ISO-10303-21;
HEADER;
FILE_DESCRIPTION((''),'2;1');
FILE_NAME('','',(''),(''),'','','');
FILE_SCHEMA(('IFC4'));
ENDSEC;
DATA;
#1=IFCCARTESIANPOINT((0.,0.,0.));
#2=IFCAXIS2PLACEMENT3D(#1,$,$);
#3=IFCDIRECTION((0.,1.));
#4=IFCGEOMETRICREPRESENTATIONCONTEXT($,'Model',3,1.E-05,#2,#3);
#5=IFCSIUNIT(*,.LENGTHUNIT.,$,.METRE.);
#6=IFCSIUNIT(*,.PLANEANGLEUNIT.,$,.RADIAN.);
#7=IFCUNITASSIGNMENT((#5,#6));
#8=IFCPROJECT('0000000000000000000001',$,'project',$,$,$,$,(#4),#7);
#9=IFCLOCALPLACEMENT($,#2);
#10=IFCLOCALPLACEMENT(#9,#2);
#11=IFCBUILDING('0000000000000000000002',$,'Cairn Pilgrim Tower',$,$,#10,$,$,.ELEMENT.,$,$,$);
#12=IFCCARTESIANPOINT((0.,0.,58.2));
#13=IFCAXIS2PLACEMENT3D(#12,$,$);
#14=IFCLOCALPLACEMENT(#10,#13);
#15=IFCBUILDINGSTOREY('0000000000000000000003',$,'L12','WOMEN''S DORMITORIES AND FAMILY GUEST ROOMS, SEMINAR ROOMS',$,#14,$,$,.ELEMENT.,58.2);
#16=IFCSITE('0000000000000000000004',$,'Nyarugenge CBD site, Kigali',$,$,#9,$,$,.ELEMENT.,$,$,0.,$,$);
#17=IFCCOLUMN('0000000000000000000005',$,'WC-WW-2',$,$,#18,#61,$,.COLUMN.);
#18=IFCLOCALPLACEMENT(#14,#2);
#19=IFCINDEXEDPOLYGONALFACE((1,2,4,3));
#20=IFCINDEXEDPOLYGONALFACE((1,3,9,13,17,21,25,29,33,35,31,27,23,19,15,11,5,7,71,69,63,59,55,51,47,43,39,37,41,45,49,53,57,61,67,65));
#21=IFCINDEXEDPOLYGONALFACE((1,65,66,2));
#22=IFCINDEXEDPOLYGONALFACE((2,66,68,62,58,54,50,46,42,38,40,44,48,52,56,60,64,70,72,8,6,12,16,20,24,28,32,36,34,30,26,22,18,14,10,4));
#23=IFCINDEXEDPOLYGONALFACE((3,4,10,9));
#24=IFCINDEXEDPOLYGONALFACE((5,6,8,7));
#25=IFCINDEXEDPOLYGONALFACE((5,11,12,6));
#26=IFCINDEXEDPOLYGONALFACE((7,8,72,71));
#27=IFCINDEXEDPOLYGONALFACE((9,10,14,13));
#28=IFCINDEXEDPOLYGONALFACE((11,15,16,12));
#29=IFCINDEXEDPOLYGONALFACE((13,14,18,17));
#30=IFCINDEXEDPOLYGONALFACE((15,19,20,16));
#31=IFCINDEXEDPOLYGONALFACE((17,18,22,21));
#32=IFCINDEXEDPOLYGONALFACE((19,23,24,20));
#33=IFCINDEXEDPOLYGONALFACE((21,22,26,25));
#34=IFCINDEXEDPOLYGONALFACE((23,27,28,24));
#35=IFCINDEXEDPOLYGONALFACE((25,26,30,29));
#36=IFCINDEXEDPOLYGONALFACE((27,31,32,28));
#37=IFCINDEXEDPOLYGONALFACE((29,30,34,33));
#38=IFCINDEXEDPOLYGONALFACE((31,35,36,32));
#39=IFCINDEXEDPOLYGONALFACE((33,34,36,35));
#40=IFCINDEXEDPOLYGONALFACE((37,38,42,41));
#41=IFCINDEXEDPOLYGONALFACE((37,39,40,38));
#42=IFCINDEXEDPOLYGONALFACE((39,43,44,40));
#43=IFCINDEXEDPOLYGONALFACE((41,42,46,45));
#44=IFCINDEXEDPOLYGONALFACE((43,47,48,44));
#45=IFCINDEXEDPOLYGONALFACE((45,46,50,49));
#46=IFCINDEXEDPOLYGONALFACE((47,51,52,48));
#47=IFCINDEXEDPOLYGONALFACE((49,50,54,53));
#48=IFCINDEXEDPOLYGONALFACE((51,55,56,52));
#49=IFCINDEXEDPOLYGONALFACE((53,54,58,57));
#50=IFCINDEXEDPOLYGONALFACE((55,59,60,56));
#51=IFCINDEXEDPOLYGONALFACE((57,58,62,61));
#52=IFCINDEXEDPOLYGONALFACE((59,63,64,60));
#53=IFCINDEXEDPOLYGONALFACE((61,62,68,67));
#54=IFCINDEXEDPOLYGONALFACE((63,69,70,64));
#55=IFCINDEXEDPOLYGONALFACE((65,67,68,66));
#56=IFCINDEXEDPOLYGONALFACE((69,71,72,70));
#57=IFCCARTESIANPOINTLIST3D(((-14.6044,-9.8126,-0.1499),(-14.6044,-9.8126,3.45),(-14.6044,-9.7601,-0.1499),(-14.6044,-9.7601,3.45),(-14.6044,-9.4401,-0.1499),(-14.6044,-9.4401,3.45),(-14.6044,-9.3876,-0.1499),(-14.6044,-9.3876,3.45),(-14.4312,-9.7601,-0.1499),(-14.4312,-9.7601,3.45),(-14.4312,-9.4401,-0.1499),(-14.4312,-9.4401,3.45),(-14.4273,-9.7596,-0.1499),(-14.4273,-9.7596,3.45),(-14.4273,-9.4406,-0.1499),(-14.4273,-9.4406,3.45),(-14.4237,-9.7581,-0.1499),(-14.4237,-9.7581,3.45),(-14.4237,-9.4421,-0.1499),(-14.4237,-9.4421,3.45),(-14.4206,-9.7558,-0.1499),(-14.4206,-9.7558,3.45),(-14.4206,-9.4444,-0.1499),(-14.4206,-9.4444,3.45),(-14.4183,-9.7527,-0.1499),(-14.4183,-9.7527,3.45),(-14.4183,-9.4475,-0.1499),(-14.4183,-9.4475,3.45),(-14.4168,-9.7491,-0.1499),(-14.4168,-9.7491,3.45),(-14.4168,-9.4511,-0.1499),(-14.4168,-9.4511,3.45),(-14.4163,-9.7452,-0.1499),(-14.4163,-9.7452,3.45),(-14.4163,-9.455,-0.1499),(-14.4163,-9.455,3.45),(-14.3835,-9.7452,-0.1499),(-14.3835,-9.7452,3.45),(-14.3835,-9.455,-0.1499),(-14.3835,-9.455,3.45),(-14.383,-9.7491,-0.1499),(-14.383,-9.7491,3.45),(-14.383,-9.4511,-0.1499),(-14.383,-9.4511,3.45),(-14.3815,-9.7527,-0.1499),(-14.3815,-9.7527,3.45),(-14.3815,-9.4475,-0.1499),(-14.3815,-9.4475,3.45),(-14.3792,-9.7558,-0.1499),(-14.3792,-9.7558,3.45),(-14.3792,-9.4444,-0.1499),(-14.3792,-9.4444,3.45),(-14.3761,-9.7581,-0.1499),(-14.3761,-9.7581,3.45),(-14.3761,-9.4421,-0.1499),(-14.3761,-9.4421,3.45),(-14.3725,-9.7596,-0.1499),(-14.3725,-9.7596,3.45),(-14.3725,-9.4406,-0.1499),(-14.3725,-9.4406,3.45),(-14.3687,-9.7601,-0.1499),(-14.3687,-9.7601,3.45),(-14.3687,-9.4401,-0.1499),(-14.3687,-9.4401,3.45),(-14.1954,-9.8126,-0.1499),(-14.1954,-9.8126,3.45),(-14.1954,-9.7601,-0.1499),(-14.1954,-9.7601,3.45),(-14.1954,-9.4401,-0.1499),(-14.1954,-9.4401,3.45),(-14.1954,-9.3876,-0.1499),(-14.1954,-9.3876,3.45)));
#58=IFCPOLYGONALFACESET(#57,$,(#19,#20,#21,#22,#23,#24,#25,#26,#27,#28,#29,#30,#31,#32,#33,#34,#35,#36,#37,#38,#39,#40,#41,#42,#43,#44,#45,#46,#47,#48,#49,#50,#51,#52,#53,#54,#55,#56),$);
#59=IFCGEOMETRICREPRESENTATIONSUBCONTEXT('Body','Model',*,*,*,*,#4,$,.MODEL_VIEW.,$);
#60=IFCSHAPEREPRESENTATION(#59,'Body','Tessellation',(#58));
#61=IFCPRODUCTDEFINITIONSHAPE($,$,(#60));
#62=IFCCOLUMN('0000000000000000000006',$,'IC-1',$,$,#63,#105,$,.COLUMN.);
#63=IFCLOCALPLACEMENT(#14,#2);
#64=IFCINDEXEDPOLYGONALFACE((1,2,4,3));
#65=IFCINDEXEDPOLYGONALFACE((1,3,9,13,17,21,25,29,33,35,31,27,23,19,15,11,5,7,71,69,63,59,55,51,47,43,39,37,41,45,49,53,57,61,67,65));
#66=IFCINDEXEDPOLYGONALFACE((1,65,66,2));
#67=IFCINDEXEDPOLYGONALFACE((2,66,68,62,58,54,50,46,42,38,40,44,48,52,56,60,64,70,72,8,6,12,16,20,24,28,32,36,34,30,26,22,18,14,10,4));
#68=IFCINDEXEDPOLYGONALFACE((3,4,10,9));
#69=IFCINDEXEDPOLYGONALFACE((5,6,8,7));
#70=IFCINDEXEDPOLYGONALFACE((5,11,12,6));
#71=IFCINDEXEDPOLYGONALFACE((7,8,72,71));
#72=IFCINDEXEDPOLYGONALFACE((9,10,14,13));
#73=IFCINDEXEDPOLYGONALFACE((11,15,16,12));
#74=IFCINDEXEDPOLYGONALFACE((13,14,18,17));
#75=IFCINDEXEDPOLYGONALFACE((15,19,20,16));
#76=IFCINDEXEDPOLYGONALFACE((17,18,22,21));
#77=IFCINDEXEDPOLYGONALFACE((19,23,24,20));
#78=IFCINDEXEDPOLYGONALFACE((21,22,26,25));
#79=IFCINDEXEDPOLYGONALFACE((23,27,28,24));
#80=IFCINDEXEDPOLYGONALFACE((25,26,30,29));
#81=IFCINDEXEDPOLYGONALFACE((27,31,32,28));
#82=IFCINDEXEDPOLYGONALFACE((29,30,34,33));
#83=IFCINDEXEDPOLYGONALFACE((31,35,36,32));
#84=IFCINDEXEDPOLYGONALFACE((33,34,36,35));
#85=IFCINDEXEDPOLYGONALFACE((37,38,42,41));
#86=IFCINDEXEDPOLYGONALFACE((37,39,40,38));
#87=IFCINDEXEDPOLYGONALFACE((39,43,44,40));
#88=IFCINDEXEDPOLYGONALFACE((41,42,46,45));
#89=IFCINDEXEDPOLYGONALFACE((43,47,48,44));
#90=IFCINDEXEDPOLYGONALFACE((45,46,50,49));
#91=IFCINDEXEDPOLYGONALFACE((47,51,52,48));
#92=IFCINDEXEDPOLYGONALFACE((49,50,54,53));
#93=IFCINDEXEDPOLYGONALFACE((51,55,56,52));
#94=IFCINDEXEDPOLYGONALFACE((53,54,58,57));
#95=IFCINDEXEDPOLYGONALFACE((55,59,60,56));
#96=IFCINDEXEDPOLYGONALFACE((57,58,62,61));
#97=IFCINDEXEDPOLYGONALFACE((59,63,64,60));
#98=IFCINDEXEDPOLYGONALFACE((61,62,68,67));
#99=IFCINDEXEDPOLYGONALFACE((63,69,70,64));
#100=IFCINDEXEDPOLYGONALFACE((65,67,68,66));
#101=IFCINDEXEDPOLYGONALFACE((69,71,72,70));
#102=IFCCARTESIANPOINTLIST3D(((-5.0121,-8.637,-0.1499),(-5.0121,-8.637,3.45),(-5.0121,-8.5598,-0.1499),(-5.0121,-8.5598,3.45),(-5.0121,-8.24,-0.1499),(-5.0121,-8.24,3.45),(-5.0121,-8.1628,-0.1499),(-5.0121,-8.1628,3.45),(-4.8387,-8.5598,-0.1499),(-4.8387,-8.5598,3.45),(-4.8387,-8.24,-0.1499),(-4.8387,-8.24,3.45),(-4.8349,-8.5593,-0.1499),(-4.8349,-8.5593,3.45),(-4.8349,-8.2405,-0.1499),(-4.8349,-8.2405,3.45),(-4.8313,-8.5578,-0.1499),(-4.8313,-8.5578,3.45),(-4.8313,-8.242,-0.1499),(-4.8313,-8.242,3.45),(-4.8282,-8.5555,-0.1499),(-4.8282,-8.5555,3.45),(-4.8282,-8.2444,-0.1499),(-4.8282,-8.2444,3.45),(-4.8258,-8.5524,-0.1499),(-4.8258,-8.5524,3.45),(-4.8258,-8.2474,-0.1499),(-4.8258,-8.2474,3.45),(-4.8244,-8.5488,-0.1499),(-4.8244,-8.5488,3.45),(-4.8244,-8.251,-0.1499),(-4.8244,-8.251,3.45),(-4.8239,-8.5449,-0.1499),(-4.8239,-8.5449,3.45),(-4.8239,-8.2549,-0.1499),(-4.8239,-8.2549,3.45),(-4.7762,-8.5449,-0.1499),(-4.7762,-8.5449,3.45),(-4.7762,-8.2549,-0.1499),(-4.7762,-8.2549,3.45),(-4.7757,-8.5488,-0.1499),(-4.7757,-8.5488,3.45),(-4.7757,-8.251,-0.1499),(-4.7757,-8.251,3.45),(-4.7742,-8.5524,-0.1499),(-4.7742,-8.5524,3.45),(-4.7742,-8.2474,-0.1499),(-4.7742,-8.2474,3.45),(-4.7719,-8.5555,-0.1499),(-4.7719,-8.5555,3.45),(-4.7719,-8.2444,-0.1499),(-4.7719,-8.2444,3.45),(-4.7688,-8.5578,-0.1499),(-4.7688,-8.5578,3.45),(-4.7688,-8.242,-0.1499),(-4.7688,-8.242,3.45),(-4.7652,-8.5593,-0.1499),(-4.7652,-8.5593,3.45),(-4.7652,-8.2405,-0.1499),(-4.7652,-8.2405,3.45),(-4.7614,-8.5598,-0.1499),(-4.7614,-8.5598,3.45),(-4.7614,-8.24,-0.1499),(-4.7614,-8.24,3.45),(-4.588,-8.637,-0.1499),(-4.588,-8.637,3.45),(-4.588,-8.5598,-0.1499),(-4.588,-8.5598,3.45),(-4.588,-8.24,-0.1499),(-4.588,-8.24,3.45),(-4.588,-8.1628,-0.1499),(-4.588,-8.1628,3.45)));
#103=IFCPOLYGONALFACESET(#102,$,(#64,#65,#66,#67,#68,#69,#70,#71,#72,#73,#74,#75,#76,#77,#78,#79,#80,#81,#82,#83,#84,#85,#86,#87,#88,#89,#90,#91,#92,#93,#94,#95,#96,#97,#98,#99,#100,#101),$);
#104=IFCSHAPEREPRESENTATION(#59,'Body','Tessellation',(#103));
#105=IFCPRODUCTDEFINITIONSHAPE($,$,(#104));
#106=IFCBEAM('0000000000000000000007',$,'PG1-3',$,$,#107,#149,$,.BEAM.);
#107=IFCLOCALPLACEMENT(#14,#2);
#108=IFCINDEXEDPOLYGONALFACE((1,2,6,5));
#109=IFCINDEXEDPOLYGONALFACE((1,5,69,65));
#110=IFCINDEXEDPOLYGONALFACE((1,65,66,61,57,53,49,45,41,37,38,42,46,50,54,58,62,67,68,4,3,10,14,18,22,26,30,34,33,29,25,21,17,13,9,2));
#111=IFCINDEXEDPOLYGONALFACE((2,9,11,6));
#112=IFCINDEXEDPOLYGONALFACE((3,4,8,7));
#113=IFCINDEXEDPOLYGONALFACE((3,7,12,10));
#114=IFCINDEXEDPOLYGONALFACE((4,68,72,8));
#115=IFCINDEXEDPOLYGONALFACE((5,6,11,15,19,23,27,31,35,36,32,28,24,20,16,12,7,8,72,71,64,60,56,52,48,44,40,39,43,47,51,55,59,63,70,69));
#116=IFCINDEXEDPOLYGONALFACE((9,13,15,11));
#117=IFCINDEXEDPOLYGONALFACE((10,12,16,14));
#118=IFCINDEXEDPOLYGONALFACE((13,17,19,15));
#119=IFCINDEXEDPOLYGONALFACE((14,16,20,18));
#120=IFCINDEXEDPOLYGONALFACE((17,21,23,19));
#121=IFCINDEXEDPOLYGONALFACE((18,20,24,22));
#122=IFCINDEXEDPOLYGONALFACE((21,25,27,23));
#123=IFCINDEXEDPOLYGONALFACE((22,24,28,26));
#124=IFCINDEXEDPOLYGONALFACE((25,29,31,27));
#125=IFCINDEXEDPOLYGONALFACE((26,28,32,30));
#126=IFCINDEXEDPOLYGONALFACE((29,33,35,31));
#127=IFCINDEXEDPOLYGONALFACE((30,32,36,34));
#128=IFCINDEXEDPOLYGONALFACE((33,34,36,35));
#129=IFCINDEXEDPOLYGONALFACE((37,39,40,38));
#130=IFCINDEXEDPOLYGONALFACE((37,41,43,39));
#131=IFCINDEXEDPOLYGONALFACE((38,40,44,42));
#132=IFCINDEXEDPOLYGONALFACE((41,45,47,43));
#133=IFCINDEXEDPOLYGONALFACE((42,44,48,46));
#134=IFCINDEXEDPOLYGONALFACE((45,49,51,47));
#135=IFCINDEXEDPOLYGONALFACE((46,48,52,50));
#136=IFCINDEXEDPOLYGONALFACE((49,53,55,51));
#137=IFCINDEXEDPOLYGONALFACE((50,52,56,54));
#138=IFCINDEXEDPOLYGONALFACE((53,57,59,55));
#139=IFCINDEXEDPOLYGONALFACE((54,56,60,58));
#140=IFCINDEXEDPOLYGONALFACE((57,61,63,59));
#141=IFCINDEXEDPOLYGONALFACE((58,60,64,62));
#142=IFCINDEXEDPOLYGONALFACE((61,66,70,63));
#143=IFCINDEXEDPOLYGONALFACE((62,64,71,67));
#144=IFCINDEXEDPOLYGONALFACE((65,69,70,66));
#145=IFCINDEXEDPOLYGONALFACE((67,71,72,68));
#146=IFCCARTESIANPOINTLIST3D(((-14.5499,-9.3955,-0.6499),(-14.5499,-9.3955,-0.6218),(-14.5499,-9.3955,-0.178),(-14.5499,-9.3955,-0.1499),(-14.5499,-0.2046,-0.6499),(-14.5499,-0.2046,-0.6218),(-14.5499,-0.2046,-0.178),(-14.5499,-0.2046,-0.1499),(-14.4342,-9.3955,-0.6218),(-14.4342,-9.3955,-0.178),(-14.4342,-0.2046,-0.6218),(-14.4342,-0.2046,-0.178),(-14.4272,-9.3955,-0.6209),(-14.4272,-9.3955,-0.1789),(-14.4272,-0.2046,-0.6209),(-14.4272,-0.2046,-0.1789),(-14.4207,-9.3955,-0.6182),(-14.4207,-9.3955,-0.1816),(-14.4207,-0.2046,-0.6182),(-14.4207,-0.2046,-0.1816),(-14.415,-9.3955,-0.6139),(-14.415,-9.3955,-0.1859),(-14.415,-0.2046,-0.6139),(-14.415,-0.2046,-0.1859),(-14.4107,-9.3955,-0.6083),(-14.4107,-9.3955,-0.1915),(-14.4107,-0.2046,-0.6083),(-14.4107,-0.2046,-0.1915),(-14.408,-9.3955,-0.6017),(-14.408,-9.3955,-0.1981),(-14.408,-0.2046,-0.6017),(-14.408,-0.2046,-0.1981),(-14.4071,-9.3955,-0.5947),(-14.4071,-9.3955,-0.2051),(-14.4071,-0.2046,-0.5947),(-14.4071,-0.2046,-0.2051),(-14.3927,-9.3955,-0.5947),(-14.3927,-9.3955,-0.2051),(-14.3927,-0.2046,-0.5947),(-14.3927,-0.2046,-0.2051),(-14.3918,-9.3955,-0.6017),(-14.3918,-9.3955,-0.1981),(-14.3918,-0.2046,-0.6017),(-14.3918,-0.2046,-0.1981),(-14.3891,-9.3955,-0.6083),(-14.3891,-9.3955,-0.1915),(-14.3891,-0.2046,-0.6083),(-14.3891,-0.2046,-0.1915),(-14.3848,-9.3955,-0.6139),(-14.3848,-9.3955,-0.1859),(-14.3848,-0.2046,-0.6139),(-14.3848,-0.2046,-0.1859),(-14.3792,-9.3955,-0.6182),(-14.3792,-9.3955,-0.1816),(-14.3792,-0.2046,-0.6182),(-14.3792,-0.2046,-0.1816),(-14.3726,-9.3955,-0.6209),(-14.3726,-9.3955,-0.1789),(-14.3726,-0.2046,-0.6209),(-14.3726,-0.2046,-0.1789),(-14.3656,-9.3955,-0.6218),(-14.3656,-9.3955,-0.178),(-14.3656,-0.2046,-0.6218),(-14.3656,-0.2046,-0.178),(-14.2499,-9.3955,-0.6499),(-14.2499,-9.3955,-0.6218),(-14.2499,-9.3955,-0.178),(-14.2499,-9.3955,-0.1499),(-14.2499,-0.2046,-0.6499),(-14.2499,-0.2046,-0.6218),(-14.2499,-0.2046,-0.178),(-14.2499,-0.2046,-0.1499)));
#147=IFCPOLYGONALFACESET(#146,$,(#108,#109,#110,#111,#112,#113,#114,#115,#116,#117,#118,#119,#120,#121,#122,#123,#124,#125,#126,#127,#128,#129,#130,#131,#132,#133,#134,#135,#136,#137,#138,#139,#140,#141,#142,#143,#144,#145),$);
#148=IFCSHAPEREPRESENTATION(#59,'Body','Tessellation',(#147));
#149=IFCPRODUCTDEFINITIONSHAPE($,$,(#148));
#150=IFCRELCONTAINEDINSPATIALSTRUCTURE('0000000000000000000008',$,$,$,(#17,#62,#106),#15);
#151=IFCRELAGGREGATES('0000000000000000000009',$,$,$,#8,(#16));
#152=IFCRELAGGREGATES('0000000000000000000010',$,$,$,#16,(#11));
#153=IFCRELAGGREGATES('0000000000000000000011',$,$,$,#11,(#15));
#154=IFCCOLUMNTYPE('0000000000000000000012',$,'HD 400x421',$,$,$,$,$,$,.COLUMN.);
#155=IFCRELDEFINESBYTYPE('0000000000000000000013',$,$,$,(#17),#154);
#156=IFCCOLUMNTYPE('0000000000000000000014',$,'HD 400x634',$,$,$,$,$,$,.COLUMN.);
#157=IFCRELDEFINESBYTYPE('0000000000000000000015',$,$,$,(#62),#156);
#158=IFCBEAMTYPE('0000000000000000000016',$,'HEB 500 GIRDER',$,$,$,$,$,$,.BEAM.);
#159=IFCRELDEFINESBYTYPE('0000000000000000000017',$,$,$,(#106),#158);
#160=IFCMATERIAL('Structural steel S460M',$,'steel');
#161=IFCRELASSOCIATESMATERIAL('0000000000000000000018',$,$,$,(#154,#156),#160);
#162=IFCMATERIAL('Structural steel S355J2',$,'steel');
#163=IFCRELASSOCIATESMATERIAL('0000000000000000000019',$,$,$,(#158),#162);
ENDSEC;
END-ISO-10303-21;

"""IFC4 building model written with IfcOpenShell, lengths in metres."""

from ifc_helpers import new_model, si_unit, direction, frame, origin, origin_2d, place, context, subcontext, project, spatial, i_section, extrude, material, material_profile, profile_set, type_object, element, save


model = new_model("IFC4")

# Units and contexts
model_context = context("Model", 3, precision=1e-05, world=origin(), true_north=direction((0.0, 1.0)))
body_context = subcontext(model_context, "Body", "Model", "MODEL_VIEW")
ifc_project = project(units=[si_unit("LENGTHUNIT", "METRE"), si_unit("PLANEANGLEUNIT", "RADIAN")], contexts=[model_context])

# Site, building, storey
site_placement = place(None, origin())
site = spatial("IfcSite", under=ifc_project, at=site_placement, Name="Nyarugenge CBD site, Kigali", CompositionType="ELEMENT", RefElevation=0.0)
building_placement = place(site_placement, origin())
building = spatial("IfcBuilding", under=site, at=building_placement, Name="Cairn Pilgrim Tower", CompositionType="ELEMENT")
storey_placement = place(building_placement, frame((0.0, 0.0, 58.2)))
storey = spatial("IfcBuildingStorey", under=building, at=storey_placement, Name="L12", Description="WOMEN'S DORMITORIES AND FAMILY GUEST ROOMS, SEMINAR ROOMS", CompositionType="ELEMENT", Elevation=58.2)

# Columns
ifc_material_1 = material(Name="Structural steel S460M", Category="steel")
ifc_material_profile_1 = material_profile(ifc_material_1, i_section(OverallWidth=0.4089, OverallDepth=0.425, WebThickness=0.0327, FlangeThickness=0.0525, FilletRadius=0.0149, at=origin_2d()), Name="HD 400x421")
ifc_profile_set_1 = profile_set([ifc_material_profile_1], Name="Structural steel S460M")
column_type_1 = type_object("IfcColumnType", Name="HD 400x421", PredefinedType="COLUMN", material=ifc_profile_set_1)
column_1_placement = place(storey_placement, frame((-14.3999, -9.6001, -0.1499), z_axis=(0.0, 0.0, 1.0), x_axis=(1.0, 0.0, 0.0)))
element("IfcColumn", 1, at=column_1_placement, inside=storey, type_object=column_type_1, Name="WC-WW-2", PredefinedType="COLUMN", context=body_context, shape_type="SweptSolid", body=[
    extrude(i_section(OverallWidth=0.4089, OverallDepth=0.425, WebThickness=0.0327, FlangeThickness=0.0525, FilletRadius=0.0149, at=origin_2d()), origin(), (0.0, 0.0, 1.0), 3.5999),
])
ifc_material_profile_2 = material_profile(ifc_material_1, i_section(OverallWidth=0.4241, OverallDepth=0.4741, WebThickness=0.0476, FlangeThickness=0.0771, FilletRadius=0.0149, at=origin_2d()), Name="HD 400x634")
ifc_profile_set_2 = profile_set([ifc_material_profile_2], Name="Structural steel S460M")
column_type_2 = type_object("IfcColumnType", Name="HD 400x634", PredefinedType="COLUMN", material=ifc_profile_set_2)
column_2_placement = place(storey_placement, frame((-4.8, -8.3999, -0.1499), z_axis=(0.0, 0.0, 1.0), x_axis=(1.0, 0.0, 0.0)))
element("IfcColumn", 2, at=column_2_placement, inside=storey, type_object=column_type_2, Name="IC-1", PredefinedType="COLUMN", context=body_context, shape_type="SweptSolid", body=[
    extrude(i_section(OverallWidth=0.4241, OverallDepth=0.4741, WebThickness=0.0476, FlangeThickness=0.0771, FilletRadius=0.0149, at=origin_2d()), origin(), (0.0, 0.0, 1.0), 3.5999),
])

# Beam
ifc_material_2 = material(Name="Structural steel S355J2", Category="steel")
ifc_material_profile_3 = material_profile(ifc_material_2, i_section(OverallWidth=0.3, OverallDepth=0.5, WebThickness=0.0144, FlangeThickness=0.0281, FilletRadius=0.0271, at=origin_2d()), Name="HEB 500")
ifc_profile_set_3 = profile_set([ifc_material_profile_3], Name="Structural steel S355J2")
beam_type_1 = type_object("IfcBeamType", Name="HEB 500 GIRDER", PredefinedType="BEAM", material=ifc_profile_set_3)
beam_1_placement = place(storey_placement, frame((-14.3999, -9.3955, -0.3999), z_axis=(0.0, 1.0, 0.0), x_axis=(-1.0, 0.0, 0.0)))
element("IfcBeam", 3, at=beam_1_placement, inside=storey, type_object=beam_type_1, Name="PG1-3", PredefinedType="BEAM", context=body_context, shape_type="SweptSolid", body=[
    extrude(i_section(OverallWidth=0.3, OverallDepth=0.5, WebThickness=0.0144, FlangeThickness=0.0281, FilletRadius=0.0271, at=origin_2d()), origin(), (0.0, 0.0, 1.0), 9.1909),
])

save(model, "model.ifc")
